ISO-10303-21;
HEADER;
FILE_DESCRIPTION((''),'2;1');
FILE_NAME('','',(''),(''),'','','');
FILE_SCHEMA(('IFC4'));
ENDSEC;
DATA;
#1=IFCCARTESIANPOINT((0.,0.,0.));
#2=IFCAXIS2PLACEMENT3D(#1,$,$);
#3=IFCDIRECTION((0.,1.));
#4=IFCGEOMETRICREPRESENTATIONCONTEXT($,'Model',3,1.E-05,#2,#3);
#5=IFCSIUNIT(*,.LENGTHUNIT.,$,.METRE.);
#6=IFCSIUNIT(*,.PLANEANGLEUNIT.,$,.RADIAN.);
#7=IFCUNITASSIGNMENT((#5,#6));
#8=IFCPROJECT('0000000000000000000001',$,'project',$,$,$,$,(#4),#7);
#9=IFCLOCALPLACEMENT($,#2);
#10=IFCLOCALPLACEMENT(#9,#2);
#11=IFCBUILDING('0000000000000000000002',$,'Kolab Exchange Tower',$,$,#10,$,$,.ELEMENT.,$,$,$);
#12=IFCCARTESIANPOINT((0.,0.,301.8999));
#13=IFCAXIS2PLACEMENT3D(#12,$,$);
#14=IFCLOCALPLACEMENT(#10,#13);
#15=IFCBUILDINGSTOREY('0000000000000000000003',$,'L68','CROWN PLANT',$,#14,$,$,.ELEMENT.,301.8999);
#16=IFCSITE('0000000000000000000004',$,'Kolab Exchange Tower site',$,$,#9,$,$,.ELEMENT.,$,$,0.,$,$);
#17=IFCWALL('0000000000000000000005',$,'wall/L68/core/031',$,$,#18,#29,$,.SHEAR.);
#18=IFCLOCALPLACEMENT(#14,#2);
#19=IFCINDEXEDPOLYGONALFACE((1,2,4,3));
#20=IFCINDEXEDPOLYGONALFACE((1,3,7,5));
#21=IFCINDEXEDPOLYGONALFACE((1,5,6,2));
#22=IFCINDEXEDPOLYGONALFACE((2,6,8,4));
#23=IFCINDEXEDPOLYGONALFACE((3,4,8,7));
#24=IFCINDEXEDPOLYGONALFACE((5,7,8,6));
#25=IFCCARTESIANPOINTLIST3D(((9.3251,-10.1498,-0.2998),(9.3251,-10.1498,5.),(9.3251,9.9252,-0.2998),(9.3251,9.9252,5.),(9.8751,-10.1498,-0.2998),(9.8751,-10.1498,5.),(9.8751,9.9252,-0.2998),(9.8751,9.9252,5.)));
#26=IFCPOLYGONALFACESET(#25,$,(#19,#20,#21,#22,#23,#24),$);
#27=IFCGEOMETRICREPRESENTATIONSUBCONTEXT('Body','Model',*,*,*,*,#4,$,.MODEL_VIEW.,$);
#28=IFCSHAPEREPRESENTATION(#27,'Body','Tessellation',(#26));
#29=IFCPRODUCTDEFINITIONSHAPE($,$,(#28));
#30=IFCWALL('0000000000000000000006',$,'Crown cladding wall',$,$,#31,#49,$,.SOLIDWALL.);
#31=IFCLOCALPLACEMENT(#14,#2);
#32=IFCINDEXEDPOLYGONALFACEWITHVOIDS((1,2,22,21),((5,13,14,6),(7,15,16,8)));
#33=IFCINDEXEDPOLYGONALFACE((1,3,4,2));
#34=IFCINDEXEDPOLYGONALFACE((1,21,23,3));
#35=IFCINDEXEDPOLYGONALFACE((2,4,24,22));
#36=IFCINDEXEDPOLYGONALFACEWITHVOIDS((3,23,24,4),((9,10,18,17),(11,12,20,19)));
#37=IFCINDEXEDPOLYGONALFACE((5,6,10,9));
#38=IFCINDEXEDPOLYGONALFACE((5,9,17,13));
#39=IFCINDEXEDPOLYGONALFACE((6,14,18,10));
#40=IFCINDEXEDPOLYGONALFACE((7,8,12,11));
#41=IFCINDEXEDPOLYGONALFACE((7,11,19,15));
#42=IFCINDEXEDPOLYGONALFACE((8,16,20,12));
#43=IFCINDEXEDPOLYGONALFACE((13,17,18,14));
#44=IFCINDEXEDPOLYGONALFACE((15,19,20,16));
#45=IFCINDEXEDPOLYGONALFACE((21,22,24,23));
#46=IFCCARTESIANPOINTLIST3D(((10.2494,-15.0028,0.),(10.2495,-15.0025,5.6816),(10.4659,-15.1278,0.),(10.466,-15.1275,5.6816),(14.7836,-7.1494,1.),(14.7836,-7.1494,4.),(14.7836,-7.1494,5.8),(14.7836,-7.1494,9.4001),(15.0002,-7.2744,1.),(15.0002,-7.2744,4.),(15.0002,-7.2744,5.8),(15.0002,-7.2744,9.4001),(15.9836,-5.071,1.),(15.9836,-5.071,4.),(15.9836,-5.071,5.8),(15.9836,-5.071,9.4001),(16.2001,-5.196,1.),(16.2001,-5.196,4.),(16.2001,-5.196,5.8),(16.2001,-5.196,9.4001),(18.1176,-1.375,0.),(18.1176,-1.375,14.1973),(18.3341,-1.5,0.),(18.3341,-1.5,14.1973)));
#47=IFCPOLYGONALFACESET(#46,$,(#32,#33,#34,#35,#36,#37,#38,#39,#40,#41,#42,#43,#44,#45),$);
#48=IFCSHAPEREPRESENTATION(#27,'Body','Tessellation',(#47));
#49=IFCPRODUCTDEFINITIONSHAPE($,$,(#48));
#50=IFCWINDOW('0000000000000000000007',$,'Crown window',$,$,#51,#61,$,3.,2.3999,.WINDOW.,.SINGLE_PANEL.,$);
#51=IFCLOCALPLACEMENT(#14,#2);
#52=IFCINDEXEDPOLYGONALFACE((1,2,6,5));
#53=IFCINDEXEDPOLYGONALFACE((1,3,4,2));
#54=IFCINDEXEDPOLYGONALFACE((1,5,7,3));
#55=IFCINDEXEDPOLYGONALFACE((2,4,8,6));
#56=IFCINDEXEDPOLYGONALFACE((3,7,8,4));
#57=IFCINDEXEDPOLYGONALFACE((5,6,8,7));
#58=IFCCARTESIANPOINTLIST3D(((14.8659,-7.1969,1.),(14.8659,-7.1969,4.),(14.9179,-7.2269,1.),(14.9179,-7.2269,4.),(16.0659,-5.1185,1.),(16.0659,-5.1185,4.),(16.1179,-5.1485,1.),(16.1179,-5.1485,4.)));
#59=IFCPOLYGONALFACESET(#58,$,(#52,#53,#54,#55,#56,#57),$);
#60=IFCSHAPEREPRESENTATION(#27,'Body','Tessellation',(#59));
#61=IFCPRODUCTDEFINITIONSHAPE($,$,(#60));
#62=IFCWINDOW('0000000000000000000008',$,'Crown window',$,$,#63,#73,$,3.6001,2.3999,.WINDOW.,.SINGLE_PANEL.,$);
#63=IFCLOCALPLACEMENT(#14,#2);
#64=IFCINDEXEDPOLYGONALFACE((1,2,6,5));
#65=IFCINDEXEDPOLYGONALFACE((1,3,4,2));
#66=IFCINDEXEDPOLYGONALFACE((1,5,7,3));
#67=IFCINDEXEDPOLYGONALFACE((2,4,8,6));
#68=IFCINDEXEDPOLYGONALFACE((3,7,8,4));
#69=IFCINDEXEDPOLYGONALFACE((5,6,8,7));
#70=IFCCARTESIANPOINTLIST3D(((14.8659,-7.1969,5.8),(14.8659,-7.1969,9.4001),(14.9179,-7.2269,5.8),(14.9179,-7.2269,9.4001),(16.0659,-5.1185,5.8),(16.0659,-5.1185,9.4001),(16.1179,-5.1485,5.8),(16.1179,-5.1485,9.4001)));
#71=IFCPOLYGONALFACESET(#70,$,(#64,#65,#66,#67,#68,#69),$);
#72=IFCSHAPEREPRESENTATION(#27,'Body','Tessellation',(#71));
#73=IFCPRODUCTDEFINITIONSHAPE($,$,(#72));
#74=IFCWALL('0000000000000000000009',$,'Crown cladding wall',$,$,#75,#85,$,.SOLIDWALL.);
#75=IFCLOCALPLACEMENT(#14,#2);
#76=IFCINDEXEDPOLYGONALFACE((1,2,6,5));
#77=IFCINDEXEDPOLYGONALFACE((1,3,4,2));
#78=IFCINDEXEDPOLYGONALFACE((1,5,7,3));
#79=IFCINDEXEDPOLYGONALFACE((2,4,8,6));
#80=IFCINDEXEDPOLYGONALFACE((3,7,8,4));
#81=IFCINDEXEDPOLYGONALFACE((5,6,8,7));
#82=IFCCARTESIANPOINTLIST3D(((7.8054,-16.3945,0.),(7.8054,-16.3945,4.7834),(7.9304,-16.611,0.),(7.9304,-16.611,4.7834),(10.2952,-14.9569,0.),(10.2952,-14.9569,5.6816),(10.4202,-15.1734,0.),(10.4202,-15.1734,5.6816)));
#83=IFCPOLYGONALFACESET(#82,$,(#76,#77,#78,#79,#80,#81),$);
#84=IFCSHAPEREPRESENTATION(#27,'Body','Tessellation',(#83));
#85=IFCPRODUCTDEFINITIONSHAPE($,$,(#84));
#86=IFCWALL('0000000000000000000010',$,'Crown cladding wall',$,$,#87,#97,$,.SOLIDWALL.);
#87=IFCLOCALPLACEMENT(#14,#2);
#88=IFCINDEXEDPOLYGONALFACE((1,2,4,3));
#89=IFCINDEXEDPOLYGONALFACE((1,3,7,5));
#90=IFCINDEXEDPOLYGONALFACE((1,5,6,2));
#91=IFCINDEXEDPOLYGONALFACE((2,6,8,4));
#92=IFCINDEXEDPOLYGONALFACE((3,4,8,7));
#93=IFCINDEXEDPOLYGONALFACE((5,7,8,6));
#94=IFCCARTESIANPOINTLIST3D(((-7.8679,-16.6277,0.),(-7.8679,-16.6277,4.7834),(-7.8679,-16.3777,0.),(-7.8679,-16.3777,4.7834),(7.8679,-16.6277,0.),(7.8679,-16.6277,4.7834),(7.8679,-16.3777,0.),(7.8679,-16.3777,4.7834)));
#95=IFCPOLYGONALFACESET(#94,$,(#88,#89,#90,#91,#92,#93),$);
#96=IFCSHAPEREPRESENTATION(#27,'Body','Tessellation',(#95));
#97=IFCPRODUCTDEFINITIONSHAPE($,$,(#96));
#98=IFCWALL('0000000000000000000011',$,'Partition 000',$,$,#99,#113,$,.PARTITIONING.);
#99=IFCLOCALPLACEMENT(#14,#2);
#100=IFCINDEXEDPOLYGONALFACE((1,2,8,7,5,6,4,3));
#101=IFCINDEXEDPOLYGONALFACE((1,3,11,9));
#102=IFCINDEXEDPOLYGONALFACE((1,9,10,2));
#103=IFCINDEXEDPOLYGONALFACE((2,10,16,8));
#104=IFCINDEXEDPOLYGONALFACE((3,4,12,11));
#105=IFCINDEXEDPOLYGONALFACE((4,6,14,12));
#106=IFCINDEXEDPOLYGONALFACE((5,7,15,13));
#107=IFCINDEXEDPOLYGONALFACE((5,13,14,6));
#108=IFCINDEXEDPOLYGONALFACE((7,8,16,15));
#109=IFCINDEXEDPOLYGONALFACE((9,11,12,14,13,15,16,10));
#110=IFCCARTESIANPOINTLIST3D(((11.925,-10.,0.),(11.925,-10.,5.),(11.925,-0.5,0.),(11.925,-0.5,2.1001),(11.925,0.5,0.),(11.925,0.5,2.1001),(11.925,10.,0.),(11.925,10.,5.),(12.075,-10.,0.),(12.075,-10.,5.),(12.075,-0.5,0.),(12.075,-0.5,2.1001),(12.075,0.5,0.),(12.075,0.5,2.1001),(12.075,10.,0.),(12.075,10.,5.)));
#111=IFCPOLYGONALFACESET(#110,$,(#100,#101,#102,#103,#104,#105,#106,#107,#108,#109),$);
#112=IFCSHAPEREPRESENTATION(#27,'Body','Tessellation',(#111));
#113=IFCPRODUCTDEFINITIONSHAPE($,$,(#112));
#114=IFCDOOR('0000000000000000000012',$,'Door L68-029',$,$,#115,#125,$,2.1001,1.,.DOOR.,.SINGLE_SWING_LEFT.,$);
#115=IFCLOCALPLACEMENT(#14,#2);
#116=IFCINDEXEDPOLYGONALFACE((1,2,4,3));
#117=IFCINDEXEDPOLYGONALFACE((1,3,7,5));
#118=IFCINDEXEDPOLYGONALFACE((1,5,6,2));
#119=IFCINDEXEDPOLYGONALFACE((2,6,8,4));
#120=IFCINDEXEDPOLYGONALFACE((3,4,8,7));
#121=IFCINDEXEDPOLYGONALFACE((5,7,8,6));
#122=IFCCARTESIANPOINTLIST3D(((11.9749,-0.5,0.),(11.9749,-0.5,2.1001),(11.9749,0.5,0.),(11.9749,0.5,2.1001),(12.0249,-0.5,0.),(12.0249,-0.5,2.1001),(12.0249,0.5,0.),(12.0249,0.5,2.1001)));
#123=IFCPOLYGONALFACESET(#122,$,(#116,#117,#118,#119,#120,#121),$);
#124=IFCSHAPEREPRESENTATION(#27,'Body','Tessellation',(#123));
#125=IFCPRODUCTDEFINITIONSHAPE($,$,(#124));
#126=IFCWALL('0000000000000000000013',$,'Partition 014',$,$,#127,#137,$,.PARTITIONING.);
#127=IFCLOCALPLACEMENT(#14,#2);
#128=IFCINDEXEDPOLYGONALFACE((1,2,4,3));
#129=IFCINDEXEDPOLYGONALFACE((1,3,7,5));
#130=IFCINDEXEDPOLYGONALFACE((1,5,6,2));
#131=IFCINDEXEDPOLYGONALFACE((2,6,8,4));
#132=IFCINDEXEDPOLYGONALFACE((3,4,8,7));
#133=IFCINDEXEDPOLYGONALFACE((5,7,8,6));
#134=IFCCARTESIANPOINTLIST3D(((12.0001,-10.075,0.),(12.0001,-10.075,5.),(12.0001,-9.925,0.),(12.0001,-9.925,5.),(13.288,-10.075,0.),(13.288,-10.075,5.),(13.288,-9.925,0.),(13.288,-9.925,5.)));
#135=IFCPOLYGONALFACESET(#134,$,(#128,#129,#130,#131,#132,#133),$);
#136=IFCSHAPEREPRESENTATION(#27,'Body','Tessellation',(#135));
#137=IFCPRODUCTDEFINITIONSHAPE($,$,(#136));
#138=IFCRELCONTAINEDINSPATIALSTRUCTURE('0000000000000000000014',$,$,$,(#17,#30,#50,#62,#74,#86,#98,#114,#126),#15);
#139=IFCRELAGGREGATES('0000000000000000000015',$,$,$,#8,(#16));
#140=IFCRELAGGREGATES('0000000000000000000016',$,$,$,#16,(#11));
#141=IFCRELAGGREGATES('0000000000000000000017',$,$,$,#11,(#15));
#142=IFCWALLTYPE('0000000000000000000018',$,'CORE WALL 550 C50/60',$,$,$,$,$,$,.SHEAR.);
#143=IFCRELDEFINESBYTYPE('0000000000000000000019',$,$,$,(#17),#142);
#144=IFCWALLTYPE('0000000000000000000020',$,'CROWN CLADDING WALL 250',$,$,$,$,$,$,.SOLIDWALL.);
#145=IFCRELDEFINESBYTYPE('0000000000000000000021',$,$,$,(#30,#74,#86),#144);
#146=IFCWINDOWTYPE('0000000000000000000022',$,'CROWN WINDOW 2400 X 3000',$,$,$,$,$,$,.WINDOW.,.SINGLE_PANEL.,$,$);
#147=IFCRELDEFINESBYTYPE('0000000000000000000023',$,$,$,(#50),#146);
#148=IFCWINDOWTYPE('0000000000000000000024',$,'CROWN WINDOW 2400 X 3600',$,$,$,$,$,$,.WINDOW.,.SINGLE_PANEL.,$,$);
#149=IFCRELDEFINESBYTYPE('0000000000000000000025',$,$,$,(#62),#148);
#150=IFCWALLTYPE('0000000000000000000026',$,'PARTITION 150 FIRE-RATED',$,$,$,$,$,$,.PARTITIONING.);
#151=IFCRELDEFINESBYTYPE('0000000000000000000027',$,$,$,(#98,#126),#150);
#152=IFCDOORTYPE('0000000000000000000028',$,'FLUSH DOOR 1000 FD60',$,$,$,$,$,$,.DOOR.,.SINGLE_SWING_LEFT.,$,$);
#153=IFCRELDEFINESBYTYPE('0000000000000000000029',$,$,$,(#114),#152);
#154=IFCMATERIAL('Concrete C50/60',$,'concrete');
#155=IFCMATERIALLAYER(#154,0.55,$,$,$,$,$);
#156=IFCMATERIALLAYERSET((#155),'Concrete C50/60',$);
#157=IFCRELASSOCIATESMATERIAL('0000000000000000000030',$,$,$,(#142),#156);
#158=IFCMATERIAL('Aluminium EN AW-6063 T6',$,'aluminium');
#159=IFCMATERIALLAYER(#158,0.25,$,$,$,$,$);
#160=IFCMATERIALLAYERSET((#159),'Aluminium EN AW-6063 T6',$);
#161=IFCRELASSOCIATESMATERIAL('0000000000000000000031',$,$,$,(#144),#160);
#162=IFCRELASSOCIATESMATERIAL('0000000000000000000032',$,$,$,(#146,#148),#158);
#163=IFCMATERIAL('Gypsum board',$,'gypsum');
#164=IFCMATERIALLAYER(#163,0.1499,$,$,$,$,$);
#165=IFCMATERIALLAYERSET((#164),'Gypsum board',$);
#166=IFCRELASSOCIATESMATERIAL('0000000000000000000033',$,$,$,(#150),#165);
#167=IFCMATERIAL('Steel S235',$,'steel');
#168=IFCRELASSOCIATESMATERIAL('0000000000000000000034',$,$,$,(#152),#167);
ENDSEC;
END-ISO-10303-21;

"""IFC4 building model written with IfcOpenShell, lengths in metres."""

from ifc_helpers import new_model, si_unit, direction, frame, frame_2d, origin, place, context, subcontext, project, spatial, polyline, rectangle, outline, extrude, material, layer, layer_set, type_object, element, fill, save


model = new_model("IFC4")

# Units and contexts
model_context = context("Model", 3, precision=1e-05, world=origin(), true_north=direction((0.0, 1.0)))
body_context = subcontext(model_context, "Body", "Model", "MODEL_VIEW")
ifc_project = project(units=[si_unit("LENGTHUNIT", "METRE"), si_unit("PLANEANGLEUNIT", "RADIAN")], contexts=[model_context])

# Site, building, storey
site_placement = place(None, origin())
site = spatial("IfcSite", under=ifc_project, at=site_placement, Name="Kolab Exchange Tower site", CompositionType="ELEMENT", RefElevation=0.0)
building_placement = place(site_placement, origin())
building = spatial("IfcBuilding", under=site, at=building_placement, Name="Kolab Exchange Tower", CompositionType="ELEMENT")
storey_placement = place(building_placement, frame((0.0, 0.0, 301.8999)))
storey = spatial("IfcBuildingStorey", under=building, at=storey_placement, Name="L68", Description="CROWN PLANT", CompositionType="ELEMENT", Elevation=301.8999)

# Shared definitions
ifc_material_1 = material(Name="Concrete C50/60", Category="concrete")

# Wall
ifc_layer_1 = layer(ifc_material_1, 0.55)
ifc_layer_set_1 = layer_set([ifc_layer_1], Name="Concrete C50/60")
wall_type_1 = type_object("IfcWallType", Name="CORE WALL 550 C50/60", PredefinedType="SHEAR", material=ifc_layer_set_1)
wall_1_placement = place(storey_placement, frame((9.6001, -10.1499, -0.2998), z_axis=(0.0, 0.0, 1.0), x_axis=(0.0, 1.0, 0.0)))
element("IfcWall", 1, at=wall_1_placement, inside=storey, type_object=wall_type_1, Name="wall/L68/core/031", PredefinedType="SHEAR", context=body_context, shape_type="SweptSolid", body=[
    extrude(rectangle(XDim=20.075, YDim=0.55, at=frame_2d((10.0376, 0.0))), origin(), (0.0, 0.0, 1.0), 5.2998),
])

# Wall, openings, windows
ifc_material_2 = material(Name="Aluminium EN AW-6063 T6", Category="aluminium")
ifc_layer_2 = layer(ifc_material_2, 0.25)
ifc_layer_set_2 = layer_set([ifc_layer_2], Name="Aluminium EN AW-6063 T6")
wall_type_2 = type_object("IfcWallType", Name="CROWN CLADDING WALL 250", PredefinedType="SOLIDWALL", material=ifc_layer_set_2)
wall_2_placement = place(storey_placement, frame((18.2258, -1.4375, 0.0), z_axis=(0.0, 0.0, 1.0), x_axis=(-0.50001, -0.866019, 0.0)))
wall_2 = element("IfcWall", 2, at=wall_2_placement, inside=storey, type_object=wall_type_2, Name="Crown cladding wall", PredefinedType="SOLIDWALL", context=body_context, shape_type="SweptSolid", body=[
    extrude(outline(polyline([(0.0, 0.0), (15.7361, 0.0), (15.7358, 5.6816), (0.0, 14.1973), (0.0, 0.0)])), frame((0.0, 0.125, 0.0), z_axis=(0.0, -1.0, 0.0), x_axis=(1.0, 0.0, 0.0)), (0.0, 0.0, 1.0), 0.25),
])
opening_1_placement = place(wall_2_placement, frame((4.2678, 0.0, 5.8)))
opening_1 = element("IfcOpeningElement", 3, at=opening_1_placement, cuts=wall_2, PredefinedType="OPENING", context=body_context, shape_type="SweptSolid", body=[
    extrude(rectangle(XDim=2.3999, YDim=3.6001, at=frame_2d((1.2, 1.8))), frame((0.0, 0.135, 0.0), z_axis=(0.0, -1.0, 0.0), x_axis=(1.0, 0.0, 0.0)), (0.0, 0.0, 1.0), 0.27),
])
opening_2_placement = place(wall_2_placement, frame((4.2678, 0.0, 1.0)))
opening_2 = element("IfcOpeningElement", 4, at=opening_2_placement, cuts=wall_2, PredefinedType="OPENING", context=body_context, shape_type="SweptSolid", body=[
    extrude(rectangle(XDim=2.3999, YDim=3.0, at=frame_2d((1.2, 1.5))), frame((0.0, 0.135, 0.0), z_axis=(0.0, -1.0, 0.0), x_axis=(1.0, 0.0, 0.0)), (0.0, 0.0, 1.0), 0.27),
])
window_type_1 = type_object("IfcWindowType", Name="CROWN WINDOW 2400 X 3000", PartitioningType="SINGLE_PANEL", PredefinedType="WINDOW", material=ifc_material_2)
window_1_placement = place(opening_2_placement, origin())
window_1 = element("IfcWindow", 5, at=window_1_placement, inside=storey, type_object=window_type_1, Name="Crown window", OverallHeight=3.0, OverallWidth=2.3999, PartitioningType="SINGLE_PANEL", PredefinedType="WINDOW", context=body_context, shape_type="SweptSolid", body=[
    extrude(rectangle(XDim=2.3999, YDim=3.0, at=frame_2d((1.2, 1.5))), frame((0.0, 0.03, 0.0), z_axis=(0.0, -1.0, 0.0), x_axis=(1.0, 0.0, 0.0)), (0.0, 0.0, 1.0), 0.0601),
])
fill(opening_2, window_1)
window_type_2 = type_object("IfcWindowType", Name="CROWN WINDOW 2400 X 3600", PartitioningType="SINGLE_PANEL", PredefinedType="WINDOW", material=ifc_material_2)
window_2_placement = place(opening_1_placement, origin())
window_2 = element("IfcWindow", 6, at=window_2_placement, inside=storey, type_object=window_type_2, Name="Crown window", OverallHeight=3.6001, OverallWidth=2.3999, PartitioningType="SINGLE_PANEL", PredefinedType="WINDOW", context=body_context, shape_type="SweptSolid", body=[
    extrude(rectangle(XDim=2.3999, YDim=3.6001, at=frame_2d((1.2, 1.8))), frame((0.0, 0.03, 0.0), z_axis=(0.0, -1.0, 0.0), x_axis=(1.0, 0.0, 0.0)), (0.0, 0.0, 1.0), 0.0601),
])
fill(opening_1, window_2)

# Walls
wall_3_placement = place(storey_placement, frame((10.3577, -15.0652, 0.0), z_axis=(0.0, 0.0, 1.0), x_axis=(-0.866019, -0.500012, 0.0)))
element("IfcWall", 7, at=wall_3_placement, inside=storey, type_object=wall_type_2, Name="Crown cladding wall", PredefinedType="SOLIDWALL", context=body_context, shape_type="SweptSolid", body=[
    extrude(outline(polyline([(0.0, 0.0), (2.875, 0.0), (2.875, 4.7834), (0.0, 5.6816), (0.0, 0.0)])), frame((0.0, 0.125, 0.0), z_axis=(0.0, -1.0, 0.0), x_axis=(1.0, 0.0, 0.0)), (0.0, 0.0, 1.0), 0.25),
])
wall_4_placement = place(storey_placement, frame((7.8679, -16.5027, 0.0), z_axis=(0.0, 0.0, 1.0), x_axis=(-1.0, 0.0, 0.0)))
element("IfcWall", 8, at=wall_4_placement, inside=storey, type_object=wall_type_2, Name="Crown cladding wall", PredefinedType="SOLIDWALL", context=body_context, shape_type="SweptSolid", body=[
    extrude(outline(polyline([(0.0, 0.0), (15.7358, 0.0), (15.7358, 4.7834), (0.0, 4.7834), (0.0, 0.0)])), frame((0.0, 0.125, 0.0), z_axis=(0.0, -1.0, 0.0), x_axis=(1.0, 0.0, 0.0)), (0.0, 0.0, 1.0), 0.25),
])

# Wall, opening, door
ifc_material_3 = material(Name="Gypsum board", Category="gypsum")
ifc_layer_3 = layer(ifc_material_3, 0.1499)
ifc_layer_set_3 = layer_set([ifc_layer_3], Name="Gypsum board")
wall_type_3 = type_object("IfcWallType", Name="PARTITION 150 FIRE-RATED", PredefinedType="PARTITIONING", material=ifc_layer_set_3)
wall_5_placement = place(storey_placement, frame((12.0, -10.0, 0.0), z_axis=(0.0, 0.0, 1.0), x_axis=(0.0, 1.0, 0.0)))
wall_5 = element("IfcWall", 9, at=wall_5_placement, inside=storey, type_object=wall_type_3, Name="Partition 000", PredefinedType="PARTITIONING", context=body_context, shape_type="SweptSolid", body=[
    extrude(rectangle(XDim=20.0, YDim=0.1499, at=frame_2d((10.0, 0.0))), origin(), (0.0, 0.0, 1.0), 5.0),
])
opening_3_placement = place(wall_5_placement, frame((9.5, 0.0, 0.0)))
opening_3 = element("IfcOpeningElement", 10, at=opening_3_placement, cuts=wall_5, PredefinedType="OPENING", context=body_context, shape_type="SweptSolid", body=[
    extrude(rectangle(XDim=1.0, YDim=2.1001, at=frame_2d((0.5, 1.05))), frame((0.0, 0.085, 0.0), z_axis=(0.0, -1.0, 0.0), x_axis=(1.0, 0.0, 0.0)), (0.0, 0.0, 1.0), 0.1699),
])
ifc_material_4 = material(Name="Steel S235", Category="steel")
door_type = type_object("IfcDoorType", Name="FLUSH DOOR 1000 FD60", OperationType="SINGLE_SWING_LEFT", PredefinedType="DOOR", material=ifc_material_4)
door_placement = place(opening_3_placement, frame((1.0, 0.0, 0.0), z_axis=(0.0, 0.0, 1.0), x_axis=(-1.0, 0.0, 0.0)))
door = element("IfcDoor", 11, at=door_placement, inside=storey, type_object=door_type, Name="Door L68-029", OperationType="SINGLE_SWING_LEFT", OverallHeight=2.1001, OverallWidth=1.0, PredefinedType="DOOR", context=body_context, shape_type="SweptSolid", body=[
    extrude(rectangle(XDim=1.0, YDim=2.1001, at=frame_2d((0.5, 1.05))), frame((0.0, 0.0249, 0.0), z_axis=(0.0, -1.0, 0.0), x_axis=(1.0, 0.0, 0.0)), (0.0, 0.0, 1.0), 0.05),
])
fill(opening_3, door)

# Wall
wall_6_placement = place(storey_placement, frame((12.0, -10.0, 0.0), z_axis=(0.0, 0.0, 1.0), x_axis=(1.0, 0.0, 0.0)))
element("IfcWall", 12, at=wall_6_placement, inside=storey, type_object=wall_type_3, Name="Partition 014", PredefinedType="PARTITIONING", context=body_context, shape_type="SweptSolid", body=[
    extrude(rectangle(XDim=1.2878, YDim=0.1499, at=frame_2d((0.644, 0.0))), origin(), (0.0, 0.0, 1.0), 5.0),
])

save(model, "model.ifc")
